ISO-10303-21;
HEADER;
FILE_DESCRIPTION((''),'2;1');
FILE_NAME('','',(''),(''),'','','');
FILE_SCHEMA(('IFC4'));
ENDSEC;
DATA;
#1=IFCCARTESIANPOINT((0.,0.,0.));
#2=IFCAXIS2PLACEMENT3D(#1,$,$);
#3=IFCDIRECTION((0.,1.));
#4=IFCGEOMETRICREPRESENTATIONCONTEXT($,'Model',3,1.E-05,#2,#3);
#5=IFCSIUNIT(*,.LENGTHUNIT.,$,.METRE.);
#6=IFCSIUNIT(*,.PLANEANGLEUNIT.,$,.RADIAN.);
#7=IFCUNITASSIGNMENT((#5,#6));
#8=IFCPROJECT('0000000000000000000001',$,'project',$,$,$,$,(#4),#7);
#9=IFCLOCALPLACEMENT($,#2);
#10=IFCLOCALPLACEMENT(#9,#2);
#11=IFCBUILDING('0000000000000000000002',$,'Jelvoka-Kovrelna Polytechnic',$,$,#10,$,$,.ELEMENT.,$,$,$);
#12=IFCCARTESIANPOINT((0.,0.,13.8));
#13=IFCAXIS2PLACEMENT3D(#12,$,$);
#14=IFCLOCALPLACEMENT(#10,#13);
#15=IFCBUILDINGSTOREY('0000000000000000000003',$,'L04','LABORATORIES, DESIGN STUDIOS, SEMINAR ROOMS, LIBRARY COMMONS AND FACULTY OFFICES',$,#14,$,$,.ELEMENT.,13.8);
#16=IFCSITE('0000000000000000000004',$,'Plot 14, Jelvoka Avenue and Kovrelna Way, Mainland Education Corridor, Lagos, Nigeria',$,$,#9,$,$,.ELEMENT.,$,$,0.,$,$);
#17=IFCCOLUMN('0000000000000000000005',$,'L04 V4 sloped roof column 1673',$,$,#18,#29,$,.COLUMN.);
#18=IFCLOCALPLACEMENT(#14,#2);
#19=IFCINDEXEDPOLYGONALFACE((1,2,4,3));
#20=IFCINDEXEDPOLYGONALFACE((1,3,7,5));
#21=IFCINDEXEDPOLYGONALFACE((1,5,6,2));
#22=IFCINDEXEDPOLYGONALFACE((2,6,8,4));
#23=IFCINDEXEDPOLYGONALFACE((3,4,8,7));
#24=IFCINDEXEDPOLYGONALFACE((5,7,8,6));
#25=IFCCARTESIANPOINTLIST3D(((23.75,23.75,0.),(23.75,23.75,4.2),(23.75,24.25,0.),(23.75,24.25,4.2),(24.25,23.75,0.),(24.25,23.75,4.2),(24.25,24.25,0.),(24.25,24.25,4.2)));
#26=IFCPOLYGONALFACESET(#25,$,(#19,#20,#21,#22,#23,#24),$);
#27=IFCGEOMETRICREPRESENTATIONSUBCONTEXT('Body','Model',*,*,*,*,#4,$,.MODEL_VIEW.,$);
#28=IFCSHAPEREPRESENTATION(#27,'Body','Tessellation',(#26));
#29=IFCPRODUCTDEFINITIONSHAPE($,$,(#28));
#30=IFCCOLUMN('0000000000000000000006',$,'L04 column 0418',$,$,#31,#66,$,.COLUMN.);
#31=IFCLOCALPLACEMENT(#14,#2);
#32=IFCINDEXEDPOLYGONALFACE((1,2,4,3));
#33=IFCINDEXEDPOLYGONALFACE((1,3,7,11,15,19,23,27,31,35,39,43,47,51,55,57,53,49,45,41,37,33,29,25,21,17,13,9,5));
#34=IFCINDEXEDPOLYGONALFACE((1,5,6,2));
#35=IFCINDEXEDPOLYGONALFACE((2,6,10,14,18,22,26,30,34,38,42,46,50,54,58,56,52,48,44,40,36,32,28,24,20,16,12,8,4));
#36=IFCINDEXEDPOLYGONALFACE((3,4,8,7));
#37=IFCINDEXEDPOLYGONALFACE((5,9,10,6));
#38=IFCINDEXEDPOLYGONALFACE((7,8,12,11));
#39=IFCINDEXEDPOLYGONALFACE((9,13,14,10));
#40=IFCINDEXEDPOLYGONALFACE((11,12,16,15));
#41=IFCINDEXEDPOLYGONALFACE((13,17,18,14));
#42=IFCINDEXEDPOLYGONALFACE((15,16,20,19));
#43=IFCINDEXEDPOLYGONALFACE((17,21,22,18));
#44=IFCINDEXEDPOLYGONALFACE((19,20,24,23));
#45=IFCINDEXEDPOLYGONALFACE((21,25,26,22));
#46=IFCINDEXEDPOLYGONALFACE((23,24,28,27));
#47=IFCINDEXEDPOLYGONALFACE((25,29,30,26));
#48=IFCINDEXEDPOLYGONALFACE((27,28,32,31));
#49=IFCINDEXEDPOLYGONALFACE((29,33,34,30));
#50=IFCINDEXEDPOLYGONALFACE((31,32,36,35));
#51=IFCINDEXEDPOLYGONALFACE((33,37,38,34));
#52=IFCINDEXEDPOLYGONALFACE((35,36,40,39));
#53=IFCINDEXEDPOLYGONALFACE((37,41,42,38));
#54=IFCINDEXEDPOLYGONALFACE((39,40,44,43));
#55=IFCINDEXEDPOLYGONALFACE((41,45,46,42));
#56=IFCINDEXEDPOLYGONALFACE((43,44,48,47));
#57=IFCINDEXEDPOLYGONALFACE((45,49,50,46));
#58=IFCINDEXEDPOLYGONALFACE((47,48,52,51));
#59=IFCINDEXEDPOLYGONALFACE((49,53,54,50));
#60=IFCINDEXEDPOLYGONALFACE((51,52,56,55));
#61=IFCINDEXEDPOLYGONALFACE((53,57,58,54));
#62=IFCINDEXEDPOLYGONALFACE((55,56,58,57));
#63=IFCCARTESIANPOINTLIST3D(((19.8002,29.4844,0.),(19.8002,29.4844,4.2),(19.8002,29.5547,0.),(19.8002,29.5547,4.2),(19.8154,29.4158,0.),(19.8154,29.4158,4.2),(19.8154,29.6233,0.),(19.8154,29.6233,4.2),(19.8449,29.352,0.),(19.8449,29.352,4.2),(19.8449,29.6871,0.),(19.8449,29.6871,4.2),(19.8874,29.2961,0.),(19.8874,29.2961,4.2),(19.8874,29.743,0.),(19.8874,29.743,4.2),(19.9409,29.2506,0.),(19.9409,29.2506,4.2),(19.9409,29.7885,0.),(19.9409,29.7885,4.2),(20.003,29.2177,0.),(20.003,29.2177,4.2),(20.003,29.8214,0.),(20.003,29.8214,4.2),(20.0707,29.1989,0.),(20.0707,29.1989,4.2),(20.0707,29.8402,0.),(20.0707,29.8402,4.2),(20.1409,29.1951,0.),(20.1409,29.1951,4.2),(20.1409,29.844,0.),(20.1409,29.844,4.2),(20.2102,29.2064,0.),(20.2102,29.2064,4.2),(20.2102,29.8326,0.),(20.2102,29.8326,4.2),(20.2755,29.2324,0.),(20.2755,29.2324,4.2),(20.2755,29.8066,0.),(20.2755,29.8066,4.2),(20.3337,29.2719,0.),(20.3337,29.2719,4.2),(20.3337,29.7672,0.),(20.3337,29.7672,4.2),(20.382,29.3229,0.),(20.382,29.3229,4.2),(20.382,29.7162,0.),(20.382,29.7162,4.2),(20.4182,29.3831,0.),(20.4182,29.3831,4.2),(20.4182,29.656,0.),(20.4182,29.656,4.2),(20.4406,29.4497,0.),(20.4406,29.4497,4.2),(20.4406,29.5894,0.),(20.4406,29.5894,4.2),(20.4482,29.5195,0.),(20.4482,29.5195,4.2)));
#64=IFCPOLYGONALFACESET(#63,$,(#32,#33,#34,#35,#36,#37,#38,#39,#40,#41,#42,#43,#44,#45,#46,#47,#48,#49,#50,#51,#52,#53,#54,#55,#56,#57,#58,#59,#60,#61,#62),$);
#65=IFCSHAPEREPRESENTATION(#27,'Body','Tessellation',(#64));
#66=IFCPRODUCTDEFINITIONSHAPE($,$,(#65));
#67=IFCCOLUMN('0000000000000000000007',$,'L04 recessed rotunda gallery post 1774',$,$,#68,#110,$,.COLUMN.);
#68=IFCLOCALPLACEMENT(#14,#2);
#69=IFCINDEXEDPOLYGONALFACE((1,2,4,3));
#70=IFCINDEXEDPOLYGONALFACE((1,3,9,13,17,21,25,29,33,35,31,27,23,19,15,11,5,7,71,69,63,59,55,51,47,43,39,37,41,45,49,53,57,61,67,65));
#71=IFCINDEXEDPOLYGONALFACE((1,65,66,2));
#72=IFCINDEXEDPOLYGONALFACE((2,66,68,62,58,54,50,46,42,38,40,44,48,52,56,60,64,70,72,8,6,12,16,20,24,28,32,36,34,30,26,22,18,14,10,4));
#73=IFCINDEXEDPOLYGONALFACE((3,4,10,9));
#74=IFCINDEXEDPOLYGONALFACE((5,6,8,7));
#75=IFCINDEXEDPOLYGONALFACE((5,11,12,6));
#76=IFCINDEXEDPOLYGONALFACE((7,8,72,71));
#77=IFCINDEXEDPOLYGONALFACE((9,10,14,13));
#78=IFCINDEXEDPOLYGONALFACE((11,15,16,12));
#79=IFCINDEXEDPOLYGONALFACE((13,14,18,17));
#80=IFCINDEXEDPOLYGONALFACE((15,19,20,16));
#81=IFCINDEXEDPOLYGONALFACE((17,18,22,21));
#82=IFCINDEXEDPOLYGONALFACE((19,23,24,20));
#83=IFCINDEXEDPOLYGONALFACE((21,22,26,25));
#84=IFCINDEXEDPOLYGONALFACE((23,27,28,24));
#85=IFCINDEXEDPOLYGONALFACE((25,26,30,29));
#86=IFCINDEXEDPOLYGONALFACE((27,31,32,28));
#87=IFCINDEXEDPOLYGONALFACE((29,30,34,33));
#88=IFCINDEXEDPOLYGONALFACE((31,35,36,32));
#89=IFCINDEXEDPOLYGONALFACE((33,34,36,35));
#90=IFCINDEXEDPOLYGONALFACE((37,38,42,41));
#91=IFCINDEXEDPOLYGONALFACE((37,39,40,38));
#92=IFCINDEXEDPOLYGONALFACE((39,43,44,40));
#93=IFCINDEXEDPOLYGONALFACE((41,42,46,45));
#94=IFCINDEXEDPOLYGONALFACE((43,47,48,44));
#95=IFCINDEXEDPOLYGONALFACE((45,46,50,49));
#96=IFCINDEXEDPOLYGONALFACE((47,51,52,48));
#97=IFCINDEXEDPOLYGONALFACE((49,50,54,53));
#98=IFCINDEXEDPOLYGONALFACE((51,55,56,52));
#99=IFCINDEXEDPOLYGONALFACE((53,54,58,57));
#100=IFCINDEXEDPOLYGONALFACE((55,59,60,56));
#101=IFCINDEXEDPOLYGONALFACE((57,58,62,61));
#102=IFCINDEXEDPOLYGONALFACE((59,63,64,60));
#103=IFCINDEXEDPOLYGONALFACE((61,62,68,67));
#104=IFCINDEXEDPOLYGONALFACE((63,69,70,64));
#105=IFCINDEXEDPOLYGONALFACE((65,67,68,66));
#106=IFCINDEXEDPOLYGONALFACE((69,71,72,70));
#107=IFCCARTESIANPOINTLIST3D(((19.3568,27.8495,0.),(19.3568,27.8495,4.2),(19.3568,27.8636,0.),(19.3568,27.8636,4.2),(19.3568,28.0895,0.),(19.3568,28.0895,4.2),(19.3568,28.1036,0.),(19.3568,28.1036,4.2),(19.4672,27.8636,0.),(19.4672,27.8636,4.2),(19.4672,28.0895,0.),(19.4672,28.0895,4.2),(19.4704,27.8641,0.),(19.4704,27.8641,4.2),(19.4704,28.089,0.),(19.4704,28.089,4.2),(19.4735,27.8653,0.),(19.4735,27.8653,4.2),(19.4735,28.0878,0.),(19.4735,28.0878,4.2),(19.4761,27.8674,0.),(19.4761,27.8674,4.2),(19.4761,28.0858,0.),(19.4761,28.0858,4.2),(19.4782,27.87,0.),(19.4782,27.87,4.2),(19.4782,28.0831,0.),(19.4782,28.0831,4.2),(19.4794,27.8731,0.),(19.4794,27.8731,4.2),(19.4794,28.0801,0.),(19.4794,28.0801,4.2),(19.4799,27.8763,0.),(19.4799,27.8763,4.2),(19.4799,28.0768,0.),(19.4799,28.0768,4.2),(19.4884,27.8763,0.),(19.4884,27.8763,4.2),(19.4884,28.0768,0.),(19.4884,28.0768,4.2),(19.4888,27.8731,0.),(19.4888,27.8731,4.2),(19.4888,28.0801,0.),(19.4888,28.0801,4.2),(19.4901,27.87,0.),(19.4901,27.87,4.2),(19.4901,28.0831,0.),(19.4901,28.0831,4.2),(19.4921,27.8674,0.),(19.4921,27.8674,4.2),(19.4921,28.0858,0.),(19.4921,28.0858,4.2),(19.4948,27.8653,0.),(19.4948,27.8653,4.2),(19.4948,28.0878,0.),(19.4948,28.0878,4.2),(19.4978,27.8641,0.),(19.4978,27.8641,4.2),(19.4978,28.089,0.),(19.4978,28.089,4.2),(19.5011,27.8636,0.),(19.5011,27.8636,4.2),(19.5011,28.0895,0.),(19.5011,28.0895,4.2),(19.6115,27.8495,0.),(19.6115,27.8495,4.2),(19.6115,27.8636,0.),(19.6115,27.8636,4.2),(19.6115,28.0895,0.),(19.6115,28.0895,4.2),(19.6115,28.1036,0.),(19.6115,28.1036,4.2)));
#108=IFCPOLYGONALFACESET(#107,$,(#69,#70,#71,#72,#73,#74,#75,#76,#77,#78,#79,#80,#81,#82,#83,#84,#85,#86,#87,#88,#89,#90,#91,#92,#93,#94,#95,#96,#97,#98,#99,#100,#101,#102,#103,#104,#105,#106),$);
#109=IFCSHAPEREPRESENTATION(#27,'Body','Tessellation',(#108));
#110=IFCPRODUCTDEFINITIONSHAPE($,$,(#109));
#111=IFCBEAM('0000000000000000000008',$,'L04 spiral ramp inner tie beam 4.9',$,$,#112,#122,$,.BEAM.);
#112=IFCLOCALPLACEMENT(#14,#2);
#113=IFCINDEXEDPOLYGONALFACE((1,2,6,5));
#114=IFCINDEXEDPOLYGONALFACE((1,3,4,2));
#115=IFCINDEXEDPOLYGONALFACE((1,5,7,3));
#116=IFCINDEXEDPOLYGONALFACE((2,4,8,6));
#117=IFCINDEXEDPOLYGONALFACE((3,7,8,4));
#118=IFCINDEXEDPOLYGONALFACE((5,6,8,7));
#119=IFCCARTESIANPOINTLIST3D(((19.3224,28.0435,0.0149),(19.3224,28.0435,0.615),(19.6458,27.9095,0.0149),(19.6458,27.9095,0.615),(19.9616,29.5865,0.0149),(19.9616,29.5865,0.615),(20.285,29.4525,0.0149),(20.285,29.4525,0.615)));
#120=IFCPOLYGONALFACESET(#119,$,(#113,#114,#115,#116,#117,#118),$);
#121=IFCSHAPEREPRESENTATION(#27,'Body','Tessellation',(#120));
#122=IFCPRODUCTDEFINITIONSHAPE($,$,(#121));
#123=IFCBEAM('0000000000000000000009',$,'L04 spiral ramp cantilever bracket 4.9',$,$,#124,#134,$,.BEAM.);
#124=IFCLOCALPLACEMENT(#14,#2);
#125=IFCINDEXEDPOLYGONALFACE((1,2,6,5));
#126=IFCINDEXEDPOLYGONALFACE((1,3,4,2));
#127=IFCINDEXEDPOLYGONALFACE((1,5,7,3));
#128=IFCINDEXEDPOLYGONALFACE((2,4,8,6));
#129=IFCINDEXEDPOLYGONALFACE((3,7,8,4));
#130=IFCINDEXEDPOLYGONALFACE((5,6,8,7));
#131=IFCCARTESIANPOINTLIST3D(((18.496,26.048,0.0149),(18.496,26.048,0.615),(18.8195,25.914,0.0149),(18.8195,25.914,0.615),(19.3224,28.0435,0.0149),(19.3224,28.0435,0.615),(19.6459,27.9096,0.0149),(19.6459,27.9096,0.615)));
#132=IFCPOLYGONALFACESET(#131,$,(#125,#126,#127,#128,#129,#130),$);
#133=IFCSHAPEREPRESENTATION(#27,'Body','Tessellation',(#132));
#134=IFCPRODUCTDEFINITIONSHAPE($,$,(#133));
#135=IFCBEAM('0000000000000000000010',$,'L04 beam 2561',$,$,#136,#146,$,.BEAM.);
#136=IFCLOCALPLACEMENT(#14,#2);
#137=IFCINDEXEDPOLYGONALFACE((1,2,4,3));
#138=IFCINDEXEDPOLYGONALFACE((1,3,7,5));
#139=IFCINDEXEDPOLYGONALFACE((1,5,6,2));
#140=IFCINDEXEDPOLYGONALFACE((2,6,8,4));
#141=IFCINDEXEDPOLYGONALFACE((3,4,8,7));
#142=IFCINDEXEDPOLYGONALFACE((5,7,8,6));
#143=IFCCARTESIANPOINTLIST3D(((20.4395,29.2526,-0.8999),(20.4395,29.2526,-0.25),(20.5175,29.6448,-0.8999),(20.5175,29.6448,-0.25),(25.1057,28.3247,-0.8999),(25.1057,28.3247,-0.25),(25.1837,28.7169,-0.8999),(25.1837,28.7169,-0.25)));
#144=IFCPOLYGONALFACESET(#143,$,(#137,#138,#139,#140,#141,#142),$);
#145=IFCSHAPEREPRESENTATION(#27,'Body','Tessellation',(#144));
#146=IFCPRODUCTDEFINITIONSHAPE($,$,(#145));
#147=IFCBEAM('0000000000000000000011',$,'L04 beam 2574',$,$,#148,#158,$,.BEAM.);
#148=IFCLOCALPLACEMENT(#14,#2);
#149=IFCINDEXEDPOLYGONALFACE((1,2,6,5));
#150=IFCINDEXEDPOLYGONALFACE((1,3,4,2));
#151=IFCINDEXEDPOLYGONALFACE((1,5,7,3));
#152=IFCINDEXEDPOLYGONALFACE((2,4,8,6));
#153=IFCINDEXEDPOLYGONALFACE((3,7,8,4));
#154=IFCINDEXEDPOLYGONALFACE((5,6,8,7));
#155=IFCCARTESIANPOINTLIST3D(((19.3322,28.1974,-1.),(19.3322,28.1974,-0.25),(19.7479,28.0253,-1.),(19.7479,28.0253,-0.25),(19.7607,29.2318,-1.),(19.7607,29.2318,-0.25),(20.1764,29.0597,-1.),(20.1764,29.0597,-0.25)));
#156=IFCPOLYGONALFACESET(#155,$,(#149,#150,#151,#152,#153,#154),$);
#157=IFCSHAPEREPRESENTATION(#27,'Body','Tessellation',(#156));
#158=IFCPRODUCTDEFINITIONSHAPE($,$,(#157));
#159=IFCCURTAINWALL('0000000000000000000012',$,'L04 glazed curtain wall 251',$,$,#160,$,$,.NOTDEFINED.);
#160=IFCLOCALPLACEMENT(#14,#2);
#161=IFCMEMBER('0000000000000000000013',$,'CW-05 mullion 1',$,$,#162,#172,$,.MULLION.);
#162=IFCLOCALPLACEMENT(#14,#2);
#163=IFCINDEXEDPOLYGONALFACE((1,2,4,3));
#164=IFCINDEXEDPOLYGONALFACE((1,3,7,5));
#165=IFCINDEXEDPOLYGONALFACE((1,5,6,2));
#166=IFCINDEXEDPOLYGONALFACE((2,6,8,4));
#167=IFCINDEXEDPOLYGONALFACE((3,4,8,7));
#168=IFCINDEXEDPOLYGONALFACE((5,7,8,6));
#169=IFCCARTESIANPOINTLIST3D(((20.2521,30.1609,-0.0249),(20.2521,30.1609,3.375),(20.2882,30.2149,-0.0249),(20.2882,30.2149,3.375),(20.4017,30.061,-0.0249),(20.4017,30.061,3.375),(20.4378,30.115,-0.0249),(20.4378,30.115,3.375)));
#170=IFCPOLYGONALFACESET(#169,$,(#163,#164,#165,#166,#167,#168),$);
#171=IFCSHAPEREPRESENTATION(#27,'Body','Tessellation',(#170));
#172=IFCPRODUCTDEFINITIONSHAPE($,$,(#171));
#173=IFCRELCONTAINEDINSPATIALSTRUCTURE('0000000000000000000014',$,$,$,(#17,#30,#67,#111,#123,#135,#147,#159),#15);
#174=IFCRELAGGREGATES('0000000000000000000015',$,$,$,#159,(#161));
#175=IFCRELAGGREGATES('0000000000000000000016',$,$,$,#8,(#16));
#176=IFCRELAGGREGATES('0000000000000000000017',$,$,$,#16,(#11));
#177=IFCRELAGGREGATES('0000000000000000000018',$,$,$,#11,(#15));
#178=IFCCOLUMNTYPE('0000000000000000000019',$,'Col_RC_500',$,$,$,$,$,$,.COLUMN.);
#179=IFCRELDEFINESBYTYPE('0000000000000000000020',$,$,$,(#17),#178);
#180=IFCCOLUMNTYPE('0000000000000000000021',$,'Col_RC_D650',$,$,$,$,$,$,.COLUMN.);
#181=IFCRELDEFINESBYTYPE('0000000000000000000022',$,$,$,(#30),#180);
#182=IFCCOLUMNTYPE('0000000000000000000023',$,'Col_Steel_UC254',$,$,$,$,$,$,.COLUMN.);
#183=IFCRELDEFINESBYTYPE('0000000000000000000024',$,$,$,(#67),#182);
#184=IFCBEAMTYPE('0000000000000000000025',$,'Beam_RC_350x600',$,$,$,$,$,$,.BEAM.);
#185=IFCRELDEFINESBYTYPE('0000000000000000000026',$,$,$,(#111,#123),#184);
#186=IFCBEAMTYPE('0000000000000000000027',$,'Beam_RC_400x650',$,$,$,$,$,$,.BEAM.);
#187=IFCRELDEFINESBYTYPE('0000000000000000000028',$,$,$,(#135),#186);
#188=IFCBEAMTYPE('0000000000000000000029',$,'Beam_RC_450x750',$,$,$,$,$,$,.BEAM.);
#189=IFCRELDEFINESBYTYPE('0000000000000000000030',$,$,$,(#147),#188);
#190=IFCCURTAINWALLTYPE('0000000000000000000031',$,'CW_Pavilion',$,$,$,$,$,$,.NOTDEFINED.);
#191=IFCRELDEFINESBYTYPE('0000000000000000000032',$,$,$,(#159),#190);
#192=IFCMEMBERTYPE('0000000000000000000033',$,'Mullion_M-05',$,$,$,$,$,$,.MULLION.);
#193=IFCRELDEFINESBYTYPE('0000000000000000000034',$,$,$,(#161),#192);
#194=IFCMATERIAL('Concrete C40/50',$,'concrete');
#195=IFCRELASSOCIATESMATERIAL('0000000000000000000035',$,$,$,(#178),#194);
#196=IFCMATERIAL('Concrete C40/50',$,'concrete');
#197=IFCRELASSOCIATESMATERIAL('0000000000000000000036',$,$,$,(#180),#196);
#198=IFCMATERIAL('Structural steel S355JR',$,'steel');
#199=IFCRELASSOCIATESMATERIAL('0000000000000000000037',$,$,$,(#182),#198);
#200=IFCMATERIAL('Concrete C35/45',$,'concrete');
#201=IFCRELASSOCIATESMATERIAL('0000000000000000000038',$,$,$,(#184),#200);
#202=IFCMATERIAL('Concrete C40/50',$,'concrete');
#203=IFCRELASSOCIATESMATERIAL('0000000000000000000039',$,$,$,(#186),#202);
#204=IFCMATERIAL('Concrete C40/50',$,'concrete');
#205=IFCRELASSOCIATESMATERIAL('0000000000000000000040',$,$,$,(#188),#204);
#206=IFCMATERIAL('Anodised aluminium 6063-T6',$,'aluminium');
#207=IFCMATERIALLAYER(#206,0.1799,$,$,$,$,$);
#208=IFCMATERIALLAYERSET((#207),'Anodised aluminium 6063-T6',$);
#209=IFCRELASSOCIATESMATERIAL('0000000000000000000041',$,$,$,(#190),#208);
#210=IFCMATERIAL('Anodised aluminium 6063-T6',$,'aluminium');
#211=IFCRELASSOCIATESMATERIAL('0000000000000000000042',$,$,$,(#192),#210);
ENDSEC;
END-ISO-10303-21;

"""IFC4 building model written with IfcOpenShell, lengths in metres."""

from ifc_helpers import new_model, si_unit, direction, frame, origin, origin_2d, place, context, subcontext, project, spatial, rectangle, circle, i_section, extrude, material, layer, layer_set, material_profile, profile_set, type_object, element, aggregate, save


model = new_model("IFC4")

# Units and contexts
model_context = context("Model", 3, precision=1e-05, world=origin(), true_north=direction((0.0, 1.0)))
body_context = subcontext(model_context, "Body", "Model", "MODEL_VIEW")
ifc_project = project(units=[si_unit("LENGTHUNIT", "METRE"), si_unit("PLANEANGLEUNIT", "RADIAN")], contexts=[model_context])

# Site, building, storey
site_placement = place(None, origin())
site = spatial("IfcSite", under=ifc_project, at=site_placement, Name="Plot 14, Jelvoka Avenue and Kovrelna Way, Mainland Education Corridor, Lagos, Nigeria", CompositionType="ELEMENT", RefElevation=0.0)
building_placement = place(site_placement, origin())
building = spatial("IfcBuilding", under=site, at=building_placement, Name="Jelvoka-Kovrelna Polytechnic", CompositionType="ELEMENT")
storey_placement = place(building_placement, frame((0.0, 0.0, 13.8)))
storey = spatial("IfcBuildingStorey", under=building, at=storey_placement, Name="L04", Description="LABORATORIES, DESIGN STUDIOS, SEMINAR ROOMS, LIBRARY COMMONS AND FACULTY OFFICES", CompositionType="ELEMENT", Elevation=13.8)

# Columns
ifc_material_1 = material(Name="Concrete C40/50", Category="concrete")
ifc_material_profile_1 = material_profile(ifc_material_1, rectangle(XDim=0.5, YDim=0.5, at=origin_2d()), Name="RC 500x500")
ifc_profile_set_1 = profile_set([ifc_material_profile_1], Name="Concrete C40/50")
column_type_1 = type_object("IfcColumnType", Name="Col_RC_500", PredefinedType="COLUMN", material=ifc_profile_set_1)
column_1_placement = place(storey_placement, frame((24.0, 24.0, 0.0), z_axis=(0.0, 0.0, 1.0), x_axis=(1.0, 0.0, 0.0)))
element("IfcColumn", 1, at=column_1_placement, inside=storey, type_object=column_type_1, Name="L04 V4 sloped roof column 1673", PredefinedType="COLUMN", context=body_context, shape_type="SweptSolid", body=[
    extrude(rectangle(XDim=0.5, YDim=0.5, at=origin_2d()), origin(), (0.0, 0.0, 1.0), 4.2),
])
ifc_material_2 = material(Name="Concrete C40/50", Category="concrete")
ifc_material_profile_2 = material_profile(ifc_material_2, circle(Radius=0.325, at=origin_2d()), Name="RC D650")
ifc_profile_set_2 = profile_set([ifc_material_profile_2], Name="Concrete C40/50")
column_type_2 = type_object("IfcColumnType", Name="Col_RC_D650", PredefinedType="COLUMN", material=ifc_profile_set_2)
column_2_placement = place(storey_placement, frame((20.1233, 29.5195, 0.0), z_axis=(0.0, 0.0, 1.0), x_axis=(1.0, 0.0, 0.0)))
element("IfcColumn", 2, at=column_2_placement, inside=storey, type_object=column_type_2, Name="L04 column 0418", PredefinedType="COLUMN", context=body_context, shape_type="SweptSolid", body=[
    extrude(circle(Radius=0.325, at=origin_2d()), origin(), (0.0, 0.0, 1.0), 4.2),
])
ifc_material_3 = material(Name="Structural steel S355JR", Category="steel")
ifc_material_profile_3 = material_profile(ifc_material_3, i_section(OverallWidth=0.2546, OverallDepth=0.2542, WebThickness=0.0085, FlangeThickness=0.0142, FilletRadius=0.0127, at=origin_2d()), Name="254x254x73 UC")
ifc_profile_set_3 = profile_set([ifc_material_profile_3], Name="Structural steel S355JR")
column_type_3 = type_object("IfcColumnType", Name="Col_Steel_UC254", PredefinedType="COLUMN", material=ifc_profile_set_3)
column_3_placement = place(storey_placement, frame((19.4841, 27.9766, 0.0), z_axis=(0.0, 0.0, 1.0), x_axis=(1.0, 0.0, 0.0)))
element("IfcColumn", 3, at=column_3_placement, inside=storey, type_object=column_type_3, Name="L04 recessed rotunda gallery post 1774", PredefinedType="COLUMN", context=body_context, shape_type="SweptSolid", body=[
    extrude(i_section(OverallWidth=0.2546, OverallDepth=0.2542, WebThickness=0.0085, FlangeThickness=0.0142, FilletRadius=0.0127, at=origin_2d()), origin(), (0.0, 0.0, 1.0), 4.2),
])

# Beams
ifc_material_4 = material(Name="Concrete C35/45", Category="concrete")
ifc_material_profile_4 = material_profile(ifc_material_4, rectangle(XDim=0.3501, YDim=0.6001, at=origin_2d()), Name="RC 350x600")
ifc_profile_set_4 = profile_set([ifc_material_profile_4], Name="Concrete C35/45")
beam_type_1 = type_object("IfcBeamType", Name="Beam_RC_350x600", PredefinedType="BEAM", material=ifc_profile_set_4)
beam_1_placement = place(storey_placement, frame((20.1233, 29.5195, 0.3149), z_axis=(-0.382705, -0.923871, 0.0), x_axis=(0.923871, -0.382705, 0.0)))
element("IfcBeam", 4, at=beam_1_placement, inside=storey, type_object=beam_type_1, Name="L04 spiral ramp inner tie beam 4.9", PredefinedType="BEAM", context=body_context, shape_type="SweptSolid", body=[
    extrude(rectangle(XDim=0.3501, YDim=0.6001, at=origin_2d()), origin(), (0.0, 0.0, 1.0), 1.6702),
])
beam_2_placement = place(storey_placement, frame((19.4841, 27.9766, 0.3149), z_axis=(-0.382608, -0.923911, 0.0), x_axis=(0.923911, -0.382608, 0.0)))
element("IfcBeam", 5, at=beam_2_placement, inside=storey, type_object=beam_type_1, Name="L04 spiral ramp cantilever bracket 4.9", PredefinedType="BEAM", context=body_context, shape_type="SweptSolid", body=[
    extrude(rectangle(XDim=0.3501, YDim=0.6001, at=origin_2d()), origin(), (0.0, 0.0, 1.0), 2.1599),
])
ifc_material_5 = material(Name="Concrete C40/50", Category="concrete")
ifc_material_profile_5 = material_profile(ifc_material_5, rectangle(XDim=0.3999, YDim=0.6499, at=origin_2d()), Name="RC 400x650")
ifc_profile_set_5 = profile_set([ifc_material_profile_5], Name="Concrete C40/50")
beam_type_2 = type_object("IfcBeamType", Name="Beam_RC_400x650", PredefinedType="BEAM", material=ifc_profile_set_5)
beam_3_placement = place(storey_placement, frame((20.4785, 29.4487, -0.575), z_axis=(0.980793, -0.19505, 0.0), x_axis=(0.19505, 0.980793, 0.0)))
element("IfcBeam", 6, at=beam_3_placement, inside=storey, type_object=beam_type_2, Name="L04 beam 2561", PredefinedType="BEAM", context=body_context, shape_type="SweptSolid", body=[
    extrude(rectangle(XDim=0.3999, YDim=0.6499, at=origin_2d()), origin(), (0.0, 0.0, 1.0), 4.7576),
])
ifc_material_6 = material(Name="Concrete C40/50", Category="concrete")
ifc_material_profile_6 = material_profile(ifc_material_6, rectangle(XDim=0.45, YDim=0.75, at=origin_2d()), Name="RC 450x750")
ifc_profile_set_6 = profile_set([ifc_material_profile_6], Name="Concrete C40/50")
beam_type_3 = type_object("IfcBeamType", Name="Beam_RC_450x750", PredefinedType="BEAM", material=ifc_profile_set_6)
beam_4_placement = place(storey_placement, frame((19.9685, 29.1458, -0.625), z_axis=(-0.382679, -0.923881, 0.0), x_axis=(0.923881, -0.382679, 0.0)))
element("IfcBeam", 7, at=beam_4_placement, inside=storey, type_object=beam_type_3, Name="L04 beam 2574", PredefinedType="BEAM", context=body_context, shape_type="SweptSolid", body=[
    extrude(rectangle(XDim=0.45, YDim=0.75, at=origin_2d()), origin(), (0.0, 0.0, 1.0), 1.1196),
])

# Curtain wall, member
ifc_material_7 = material(Name="Anodised aluminium 6063-T6", Category="aluminium")
ifc_layer_1 = layer(ifc_material_7, 0.1799)
ifc_layer_set_1 = layer_set([ifc_layer_1], Name="Anodised aluminium 6063-T6")
curtain_wall_type = type_object("IfcCurtainWallType", Name="CW_Pavilion", PredefinedType="NOTDEFINED", material=ifc_layer_set_1)
curtain_wall_1_placement = place(storey_placement, origin())
curtain_wall_1 = element("IfcCurtainWall", 8, at=curtain_wall_1_placement, inside=storey, type_object=curtain_wall_type, Name="L04 glazed curtain wall 251", PredefinedType="NOTDEFINED")
ifc_material_8 = material(Name="Anodised aluminium 6063-T6", Category="aluminium")
ifc_material_profile_7 = material_profile(ifc_material_8, rectangle(XDim=0.0649, YDim=0.1799, at=origin_2d()), Name="ALU 65x180")
ifc_profile_set_7 = profile_set([ifc_material_profile_7], Name="Anodised aluminium 6063-T6")
member_type_1 = type_object("IfcMemberType", Name="Mullion_M-05", PredefinedType="MULLION", material=ifc_profile_set_7)
member_1_placement = place(storey_placement, frame((20.345, 30.1379, -0.0249), z_axis=(0.0, 0.0, 1.0), x_axis=(-0.555583, -0.831461, 0.0)))
member_1 = element("IfcMember", 9, at=member_1_placement, type_object=member_type_1, Name="CW-05 mullion 1", PredefinedType="MULLION", context=body_context, shape_type="SweptSolid", body=[
    extrude(rectangle(XDim=0.0649, YDim=0.1799, at=origin_2d()), origin(), (0.0, 0.0, 1.0), 3.3999),
])

aggregate(curtain_wall_1, [member_1])

save(model, "model.ifc")
